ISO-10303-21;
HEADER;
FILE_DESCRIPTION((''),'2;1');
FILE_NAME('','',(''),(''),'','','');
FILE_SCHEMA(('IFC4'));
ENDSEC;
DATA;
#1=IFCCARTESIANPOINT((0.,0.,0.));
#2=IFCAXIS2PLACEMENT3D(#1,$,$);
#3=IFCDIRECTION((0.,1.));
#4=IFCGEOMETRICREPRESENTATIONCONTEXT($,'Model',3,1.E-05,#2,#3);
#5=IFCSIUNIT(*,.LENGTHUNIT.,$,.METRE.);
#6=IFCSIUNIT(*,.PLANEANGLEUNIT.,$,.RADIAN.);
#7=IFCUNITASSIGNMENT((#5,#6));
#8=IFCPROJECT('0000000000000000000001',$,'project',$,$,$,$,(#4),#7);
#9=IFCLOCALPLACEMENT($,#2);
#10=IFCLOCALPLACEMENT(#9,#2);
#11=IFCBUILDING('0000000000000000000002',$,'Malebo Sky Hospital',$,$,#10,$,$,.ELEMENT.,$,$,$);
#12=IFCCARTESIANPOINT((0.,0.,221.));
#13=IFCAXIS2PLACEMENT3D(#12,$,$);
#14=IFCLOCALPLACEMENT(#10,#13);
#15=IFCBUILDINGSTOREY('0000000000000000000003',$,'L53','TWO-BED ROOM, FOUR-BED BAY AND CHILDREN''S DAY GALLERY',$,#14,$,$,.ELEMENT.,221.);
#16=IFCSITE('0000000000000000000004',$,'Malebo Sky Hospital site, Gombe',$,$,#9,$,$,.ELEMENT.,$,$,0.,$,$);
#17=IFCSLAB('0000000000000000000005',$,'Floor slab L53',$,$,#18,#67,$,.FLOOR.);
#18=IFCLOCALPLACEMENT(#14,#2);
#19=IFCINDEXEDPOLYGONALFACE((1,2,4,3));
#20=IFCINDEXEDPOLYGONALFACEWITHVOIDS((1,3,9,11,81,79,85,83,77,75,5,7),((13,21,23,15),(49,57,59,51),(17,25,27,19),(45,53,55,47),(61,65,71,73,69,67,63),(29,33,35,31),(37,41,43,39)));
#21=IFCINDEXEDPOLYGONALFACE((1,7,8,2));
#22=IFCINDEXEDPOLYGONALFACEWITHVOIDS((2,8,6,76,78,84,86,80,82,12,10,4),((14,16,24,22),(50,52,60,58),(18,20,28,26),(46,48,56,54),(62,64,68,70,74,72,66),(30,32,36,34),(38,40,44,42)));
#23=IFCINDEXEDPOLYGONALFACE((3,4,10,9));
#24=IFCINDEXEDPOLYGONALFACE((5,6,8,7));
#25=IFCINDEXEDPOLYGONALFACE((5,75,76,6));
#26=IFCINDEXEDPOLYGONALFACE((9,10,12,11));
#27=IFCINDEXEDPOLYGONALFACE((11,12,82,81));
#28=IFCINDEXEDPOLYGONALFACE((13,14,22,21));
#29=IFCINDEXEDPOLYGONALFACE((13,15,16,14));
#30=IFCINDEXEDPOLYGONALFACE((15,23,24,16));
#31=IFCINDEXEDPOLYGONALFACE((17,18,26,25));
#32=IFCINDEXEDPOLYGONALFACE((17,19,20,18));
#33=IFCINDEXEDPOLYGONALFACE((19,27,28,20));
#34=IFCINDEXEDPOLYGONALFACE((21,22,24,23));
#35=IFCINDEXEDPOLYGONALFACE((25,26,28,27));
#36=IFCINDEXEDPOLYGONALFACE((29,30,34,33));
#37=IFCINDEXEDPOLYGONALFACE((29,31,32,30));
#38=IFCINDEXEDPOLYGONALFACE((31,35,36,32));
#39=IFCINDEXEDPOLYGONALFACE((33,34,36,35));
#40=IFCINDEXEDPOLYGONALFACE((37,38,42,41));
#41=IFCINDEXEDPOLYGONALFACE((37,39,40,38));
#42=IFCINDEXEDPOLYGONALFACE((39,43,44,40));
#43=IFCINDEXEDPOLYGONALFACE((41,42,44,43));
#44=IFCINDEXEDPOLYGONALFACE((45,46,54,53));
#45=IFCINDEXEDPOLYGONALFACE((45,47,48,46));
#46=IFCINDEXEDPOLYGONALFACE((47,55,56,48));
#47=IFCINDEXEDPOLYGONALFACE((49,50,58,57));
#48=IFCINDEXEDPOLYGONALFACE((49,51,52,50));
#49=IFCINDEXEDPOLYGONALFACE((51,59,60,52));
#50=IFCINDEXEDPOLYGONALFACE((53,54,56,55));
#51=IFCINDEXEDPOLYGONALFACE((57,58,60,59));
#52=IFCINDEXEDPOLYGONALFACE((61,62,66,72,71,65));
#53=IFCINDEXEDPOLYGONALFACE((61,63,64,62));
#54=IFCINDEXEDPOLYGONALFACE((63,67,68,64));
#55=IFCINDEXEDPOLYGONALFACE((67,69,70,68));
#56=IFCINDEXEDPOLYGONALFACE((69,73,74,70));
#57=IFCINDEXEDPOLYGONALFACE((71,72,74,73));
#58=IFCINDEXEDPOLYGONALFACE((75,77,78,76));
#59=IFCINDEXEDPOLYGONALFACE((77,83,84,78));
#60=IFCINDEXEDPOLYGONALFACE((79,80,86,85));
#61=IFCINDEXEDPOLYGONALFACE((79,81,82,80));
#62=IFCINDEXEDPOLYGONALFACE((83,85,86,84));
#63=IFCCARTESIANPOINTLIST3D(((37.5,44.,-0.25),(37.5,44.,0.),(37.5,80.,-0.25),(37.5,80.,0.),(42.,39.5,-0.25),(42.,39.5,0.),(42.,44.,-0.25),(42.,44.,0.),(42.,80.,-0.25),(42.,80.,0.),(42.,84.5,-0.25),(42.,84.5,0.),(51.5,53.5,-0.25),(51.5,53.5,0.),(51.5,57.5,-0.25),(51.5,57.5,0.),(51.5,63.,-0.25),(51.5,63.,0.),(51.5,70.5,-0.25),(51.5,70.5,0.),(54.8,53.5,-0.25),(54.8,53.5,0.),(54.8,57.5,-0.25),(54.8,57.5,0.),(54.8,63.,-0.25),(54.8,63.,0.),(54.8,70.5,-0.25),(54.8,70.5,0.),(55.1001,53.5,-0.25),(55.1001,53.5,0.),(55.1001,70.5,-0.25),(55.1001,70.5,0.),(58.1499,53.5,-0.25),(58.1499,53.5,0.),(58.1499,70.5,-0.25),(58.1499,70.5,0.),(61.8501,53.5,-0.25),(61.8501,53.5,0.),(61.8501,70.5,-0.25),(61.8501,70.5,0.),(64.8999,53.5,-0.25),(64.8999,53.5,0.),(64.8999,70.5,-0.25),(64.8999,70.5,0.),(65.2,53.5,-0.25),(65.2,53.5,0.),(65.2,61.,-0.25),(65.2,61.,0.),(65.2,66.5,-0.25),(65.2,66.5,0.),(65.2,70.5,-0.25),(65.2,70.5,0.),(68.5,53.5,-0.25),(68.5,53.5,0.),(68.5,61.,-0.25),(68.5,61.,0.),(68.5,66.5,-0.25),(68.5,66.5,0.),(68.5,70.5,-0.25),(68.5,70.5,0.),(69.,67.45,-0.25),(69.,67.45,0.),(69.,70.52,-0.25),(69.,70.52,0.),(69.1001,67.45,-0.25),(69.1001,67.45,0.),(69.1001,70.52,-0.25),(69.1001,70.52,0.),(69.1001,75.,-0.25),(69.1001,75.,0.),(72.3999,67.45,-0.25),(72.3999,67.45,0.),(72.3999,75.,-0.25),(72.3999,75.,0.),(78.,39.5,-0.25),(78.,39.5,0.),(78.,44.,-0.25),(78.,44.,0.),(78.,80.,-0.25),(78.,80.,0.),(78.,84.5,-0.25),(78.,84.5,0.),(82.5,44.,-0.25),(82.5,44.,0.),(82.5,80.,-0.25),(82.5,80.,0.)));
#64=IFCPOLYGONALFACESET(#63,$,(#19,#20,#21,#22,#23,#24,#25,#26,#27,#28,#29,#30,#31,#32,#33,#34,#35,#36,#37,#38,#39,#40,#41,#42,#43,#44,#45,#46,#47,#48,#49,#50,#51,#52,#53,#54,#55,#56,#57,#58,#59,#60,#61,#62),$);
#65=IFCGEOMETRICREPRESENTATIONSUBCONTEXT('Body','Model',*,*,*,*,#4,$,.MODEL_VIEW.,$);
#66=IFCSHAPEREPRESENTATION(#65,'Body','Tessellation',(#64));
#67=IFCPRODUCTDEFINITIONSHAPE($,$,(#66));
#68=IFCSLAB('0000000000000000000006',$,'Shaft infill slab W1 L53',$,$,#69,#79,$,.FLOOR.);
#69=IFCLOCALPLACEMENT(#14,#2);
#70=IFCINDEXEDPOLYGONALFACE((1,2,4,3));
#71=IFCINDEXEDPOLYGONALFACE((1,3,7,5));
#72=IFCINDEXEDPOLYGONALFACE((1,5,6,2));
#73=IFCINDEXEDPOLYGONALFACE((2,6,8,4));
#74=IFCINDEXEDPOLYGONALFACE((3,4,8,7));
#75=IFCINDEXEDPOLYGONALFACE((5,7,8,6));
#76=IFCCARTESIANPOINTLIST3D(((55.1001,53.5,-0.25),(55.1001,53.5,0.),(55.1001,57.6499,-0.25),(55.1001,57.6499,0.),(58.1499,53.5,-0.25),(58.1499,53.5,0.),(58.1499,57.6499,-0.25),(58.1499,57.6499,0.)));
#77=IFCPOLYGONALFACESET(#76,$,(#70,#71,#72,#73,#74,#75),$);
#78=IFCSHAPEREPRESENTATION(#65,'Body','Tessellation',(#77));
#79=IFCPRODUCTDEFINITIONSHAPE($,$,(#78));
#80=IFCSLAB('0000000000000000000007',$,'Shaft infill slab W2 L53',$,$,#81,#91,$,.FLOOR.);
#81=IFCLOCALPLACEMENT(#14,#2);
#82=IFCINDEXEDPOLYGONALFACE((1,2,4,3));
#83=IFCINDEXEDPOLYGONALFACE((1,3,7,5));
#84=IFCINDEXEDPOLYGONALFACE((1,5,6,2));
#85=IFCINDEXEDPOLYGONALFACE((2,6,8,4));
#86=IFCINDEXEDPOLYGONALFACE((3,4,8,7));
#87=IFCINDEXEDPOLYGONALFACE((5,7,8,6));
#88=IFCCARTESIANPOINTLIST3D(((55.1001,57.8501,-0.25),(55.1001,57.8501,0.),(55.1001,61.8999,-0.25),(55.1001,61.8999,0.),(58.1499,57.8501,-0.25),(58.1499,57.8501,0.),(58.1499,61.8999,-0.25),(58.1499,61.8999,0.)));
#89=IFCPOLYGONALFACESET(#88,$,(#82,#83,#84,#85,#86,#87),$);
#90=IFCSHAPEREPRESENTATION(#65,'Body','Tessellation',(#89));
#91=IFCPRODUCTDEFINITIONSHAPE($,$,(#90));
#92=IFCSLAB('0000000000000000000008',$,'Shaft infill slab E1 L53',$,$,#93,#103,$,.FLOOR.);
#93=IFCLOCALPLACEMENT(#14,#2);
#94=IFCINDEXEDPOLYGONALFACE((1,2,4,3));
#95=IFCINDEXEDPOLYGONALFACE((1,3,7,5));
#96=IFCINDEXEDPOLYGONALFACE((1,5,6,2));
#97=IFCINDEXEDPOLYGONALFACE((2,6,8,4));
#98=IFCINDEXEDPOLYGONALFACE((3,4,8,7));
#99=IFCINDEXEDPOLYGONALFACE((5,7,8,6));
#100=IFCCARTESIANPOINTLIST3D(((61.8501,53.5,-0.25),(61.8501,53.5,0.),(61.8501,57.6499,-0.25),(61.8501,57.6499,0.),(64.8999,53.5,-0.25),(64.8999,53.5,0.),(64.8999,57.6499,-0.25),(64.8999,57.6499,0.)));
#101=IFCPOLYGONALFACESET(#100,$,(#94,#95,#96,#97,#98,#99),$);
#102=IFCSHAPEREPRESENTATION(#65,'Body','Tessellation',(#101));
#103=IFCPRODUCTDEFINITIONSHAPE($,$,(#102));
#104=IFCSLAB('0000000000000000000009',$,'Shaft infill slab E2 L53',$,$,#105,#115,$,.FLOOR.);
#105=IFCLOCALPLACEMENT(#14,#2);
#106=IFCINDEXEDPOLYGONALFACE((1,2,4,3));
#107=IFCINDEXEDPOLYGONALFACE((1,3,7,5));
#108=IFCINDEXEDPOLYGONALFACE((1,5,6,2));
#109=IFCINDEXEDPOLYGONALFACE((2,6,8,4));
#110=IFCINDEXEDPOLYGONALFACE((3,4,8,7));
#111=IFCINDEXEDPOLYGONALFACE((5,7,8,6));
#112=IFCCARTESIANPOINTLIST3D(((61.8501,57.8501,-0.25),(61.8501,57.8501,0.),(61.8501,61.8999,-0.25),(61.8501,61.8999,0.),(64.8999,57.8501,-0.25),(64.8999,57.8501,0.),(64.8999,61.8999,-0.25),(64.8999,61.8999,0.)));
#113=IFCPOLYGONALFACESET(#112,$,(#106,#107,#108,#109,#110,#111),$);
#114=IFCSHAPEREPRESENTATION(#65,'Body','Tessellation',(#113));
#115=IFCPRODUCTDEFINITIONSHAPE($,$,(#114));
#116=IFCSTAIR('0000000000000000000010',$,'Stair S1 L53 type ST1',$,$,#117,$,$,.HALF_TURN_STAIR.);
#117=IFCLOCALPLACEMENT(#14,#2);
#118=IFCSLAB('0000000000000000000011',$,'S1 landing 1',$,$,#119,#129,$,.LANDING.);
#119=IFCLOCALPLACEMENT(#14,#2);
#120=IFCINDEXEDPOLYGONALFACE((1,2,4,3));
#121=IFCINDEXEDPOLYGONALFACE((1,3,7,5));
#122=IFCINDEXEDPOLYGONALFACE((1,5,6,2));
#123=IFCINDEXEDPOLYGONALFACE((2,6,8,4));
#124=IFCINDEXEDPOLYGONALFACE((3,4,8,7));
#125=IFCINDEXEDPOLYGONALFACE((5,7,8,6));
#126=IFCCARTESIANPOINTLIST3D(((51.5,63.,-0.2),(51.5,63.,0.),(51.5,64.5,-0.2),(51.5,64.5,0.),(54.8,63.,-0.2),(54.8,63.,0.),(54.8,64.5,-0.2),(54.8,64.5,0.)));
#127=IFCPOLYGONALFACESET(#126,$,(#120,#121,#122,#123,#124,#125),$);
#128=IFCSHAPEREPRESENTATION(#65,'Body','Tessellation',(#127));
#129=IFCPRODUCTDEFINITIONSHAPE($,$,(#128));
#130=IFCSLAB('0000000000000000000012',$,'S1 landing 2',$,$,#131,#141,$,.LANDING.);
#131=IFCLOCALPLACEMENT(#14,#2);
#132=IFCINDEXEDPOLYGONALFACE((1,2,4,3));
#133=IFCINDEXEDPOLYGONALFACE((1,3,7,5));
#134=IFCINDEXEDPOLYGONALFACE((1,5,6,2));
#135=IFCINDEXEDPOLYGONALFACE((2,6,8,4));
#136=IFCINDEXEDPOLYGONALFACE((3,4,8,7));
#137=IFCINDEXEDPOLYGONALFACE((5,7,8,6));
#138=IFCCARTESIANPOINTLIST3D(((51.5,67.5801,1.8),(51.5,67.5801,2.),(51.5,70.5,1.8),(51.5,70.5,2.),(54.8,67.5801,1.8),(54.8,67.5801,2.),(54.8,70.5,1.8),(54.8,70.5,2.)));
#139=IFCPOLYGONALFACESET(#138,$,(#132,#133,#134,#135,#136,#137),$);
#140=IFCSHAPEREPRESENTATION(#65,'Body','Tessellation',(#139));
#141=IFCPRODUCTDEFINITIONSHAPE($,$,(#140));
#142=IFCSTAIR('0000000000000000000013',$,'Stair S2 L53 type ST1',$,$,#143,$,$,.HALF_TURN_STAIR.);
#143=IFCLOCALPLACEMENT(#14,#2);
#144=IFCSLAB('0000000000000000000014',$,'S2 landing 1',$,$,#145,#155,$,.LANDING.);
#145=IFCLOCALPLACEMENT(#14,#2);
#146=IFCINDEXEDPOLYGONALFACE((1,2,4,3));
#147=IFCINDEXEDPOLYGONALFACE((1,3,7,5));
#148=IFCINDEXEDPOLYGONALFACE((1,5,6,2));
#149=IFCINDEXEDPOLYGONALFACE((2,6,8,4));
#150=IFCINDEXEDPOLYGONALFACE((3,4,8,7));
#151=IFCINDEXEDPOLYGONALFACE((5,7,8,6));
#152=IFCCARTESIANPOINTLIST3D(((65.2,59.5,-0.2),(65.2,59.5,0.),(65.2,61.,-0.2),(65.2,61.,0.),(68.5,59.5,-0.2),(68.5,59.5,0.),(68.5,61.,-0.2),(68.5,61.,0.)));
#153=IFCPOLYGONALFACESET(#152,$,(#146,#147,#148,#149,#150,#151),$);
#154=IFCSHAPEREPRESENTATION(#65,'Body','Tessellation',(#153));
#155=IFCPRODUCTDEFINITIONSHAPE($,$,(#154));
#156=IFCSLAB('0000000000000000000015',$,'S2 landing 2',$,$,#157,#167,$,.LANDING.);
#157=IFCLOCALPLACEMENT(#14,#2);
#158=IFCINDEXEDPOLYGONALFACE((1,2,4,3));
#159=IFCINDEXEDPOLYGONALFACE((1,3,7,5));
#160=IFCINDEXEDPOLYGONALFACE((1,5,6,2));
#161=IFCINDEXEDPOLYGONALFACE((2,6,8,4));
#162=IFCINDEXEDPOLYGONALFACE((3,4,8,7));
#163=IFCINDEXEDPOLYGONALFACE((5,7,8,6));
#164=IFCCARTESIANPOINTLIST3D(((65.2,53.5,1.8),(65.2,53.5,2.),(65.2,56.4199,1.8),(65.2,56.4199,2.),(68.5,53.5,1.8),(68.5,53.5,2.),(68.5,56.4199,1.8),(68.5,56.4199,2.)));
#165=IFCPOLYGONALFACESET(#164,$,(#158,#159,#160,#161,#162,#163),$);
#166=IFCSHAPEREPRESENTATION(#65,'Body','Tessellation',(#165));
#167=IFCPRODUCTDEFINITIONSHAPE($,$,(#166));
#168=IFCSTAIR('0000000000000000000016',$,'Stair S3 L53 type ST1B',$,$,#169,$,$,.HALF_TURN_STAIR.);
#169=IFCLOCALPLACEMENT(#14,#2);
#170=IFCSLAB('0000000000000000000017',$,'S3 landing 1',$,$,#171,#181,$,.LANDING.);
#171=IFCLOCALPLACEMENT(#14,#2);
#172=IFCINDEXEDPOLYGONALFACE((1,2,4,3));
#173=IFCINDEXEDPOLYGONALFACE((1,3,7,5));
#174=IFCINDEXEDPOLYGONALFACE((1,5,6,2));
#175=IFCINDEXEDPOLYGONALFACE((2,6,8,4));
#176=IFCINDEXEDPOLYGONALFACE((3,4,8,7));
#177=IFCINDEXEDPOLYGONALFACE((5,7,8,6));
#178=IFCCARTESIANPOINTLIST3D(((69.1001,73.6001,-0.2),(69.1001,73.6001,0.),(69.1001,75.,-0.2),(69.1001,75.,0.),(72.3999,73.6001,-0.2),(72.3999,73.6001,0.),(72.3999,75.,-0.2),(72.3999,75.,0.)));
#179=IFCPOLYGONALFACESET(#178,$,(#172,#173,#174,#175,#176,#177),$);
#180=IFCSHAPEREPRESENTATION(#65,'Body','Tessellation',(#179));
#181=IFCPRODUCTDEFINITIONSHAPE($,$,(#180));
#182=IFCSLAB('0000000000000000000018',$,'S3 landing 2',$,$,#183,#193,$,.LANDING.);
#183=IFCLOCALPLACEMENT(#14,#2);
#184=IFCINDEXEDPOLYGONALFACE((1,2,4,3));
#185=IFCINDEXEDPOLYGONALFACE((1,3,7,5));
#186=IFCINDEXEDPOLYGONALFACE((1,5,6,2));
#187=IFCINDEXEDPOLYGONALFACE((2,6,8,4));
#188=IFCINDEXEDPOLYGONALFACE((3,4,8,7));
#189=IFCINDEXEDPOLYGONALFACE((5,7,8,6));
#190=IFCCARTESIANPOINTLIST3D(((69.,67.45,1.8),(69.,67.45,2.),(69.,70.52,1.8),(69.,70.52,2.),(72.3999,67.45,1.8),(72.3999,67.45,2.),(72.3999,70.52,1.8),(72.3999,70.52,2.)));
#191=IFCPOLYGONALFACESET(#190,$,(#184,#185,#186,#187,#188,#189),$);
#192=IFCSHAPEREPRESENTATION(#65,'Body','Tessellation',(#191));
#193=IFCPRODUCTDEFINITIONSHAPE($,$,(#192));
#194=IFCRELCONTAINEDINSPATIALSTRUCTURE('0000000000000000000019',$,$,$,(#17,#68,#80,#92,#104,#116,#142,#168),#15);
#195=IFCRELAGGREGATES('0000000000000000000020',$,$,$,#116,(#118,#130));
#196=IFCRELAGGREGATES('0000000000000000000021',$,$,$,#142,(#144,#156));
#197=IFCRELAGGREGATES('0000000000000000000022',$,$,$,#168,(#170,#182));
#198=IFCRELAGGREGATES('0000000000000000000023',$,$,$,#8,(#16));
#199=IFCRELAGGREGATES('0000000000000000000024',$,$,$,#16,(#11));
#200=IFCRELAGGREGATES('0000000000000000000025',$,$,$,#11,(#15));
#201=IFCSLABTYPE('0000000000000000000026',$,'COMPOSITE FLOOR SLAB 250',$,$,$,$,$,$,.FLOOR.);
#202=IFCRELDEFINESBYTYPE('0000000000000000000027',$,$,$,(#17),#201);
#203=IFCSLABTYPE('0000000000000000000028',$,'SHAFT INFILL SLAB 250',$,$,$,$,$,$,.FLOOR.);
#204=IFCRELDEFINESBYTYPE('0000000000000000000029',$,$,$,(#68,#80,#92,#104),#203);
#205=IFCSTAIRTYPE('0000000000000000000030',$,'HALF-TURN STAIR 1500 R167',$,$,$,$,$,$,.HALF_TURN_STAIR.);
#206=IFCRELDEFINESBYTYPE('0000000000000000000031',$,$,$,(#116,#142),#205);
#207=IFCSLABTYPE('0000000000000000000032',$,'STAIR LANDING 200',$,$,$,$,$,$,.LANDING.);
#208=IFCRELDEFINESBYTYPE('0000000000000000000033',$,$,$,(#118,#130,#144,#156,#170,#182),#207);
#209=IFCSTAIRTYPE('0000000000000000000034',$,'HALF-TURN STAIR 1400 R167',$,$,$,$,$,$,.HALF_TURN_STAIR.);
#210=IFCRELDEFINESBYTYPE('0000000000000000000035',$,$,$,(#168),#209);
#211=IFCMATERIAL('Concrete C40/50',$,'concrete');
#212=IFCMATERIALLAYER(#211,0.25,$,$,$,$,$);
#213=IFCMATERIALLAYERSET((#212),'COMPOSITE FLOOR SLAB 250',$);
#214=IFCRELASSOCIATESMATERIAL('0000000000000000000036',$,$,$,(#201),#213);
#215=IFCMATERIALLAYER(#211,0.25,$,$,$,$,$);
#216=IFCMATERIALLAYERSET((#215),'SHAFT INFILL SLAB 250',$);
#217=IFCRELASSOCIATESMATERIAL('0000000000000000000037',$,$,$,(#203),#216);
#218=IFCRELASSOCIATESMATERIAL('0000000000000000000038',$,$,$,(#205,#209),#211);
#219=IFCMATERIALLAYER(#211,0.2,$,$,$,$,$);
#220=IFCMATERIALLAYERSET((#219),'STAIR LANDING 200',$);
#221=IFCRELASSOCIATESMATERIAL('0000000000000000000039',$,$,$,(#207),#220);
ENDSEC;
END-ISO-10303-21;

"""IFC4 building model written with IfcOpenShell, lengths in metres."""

from ifc_helpers import new_model, si_unit, direction, frame, origin, place, context, subcontext, project, spatial, polyline, outline, extrude, material, layer, layer_set, type_object, element, aggregate, save


model = new_model("IFC4")

# Units and contexts
model_context = context("Model", 3, precision=1e-05, world=origin(), true_north=direction((0.0, 1.0)))
body_context = subcontext(model_context, "Body", "Model", "MODEL_VIEW")
ifc_project = project(units=[si_unit("LENGTHUNIT", "METRE"), si_unit("PLANEANGLEUNIT", "RADIAN")], contexts=[model_context])

# Site, building, storey
site_placement = place(None, origin())
site = spatial("IfcSite", under=ifc_project, at=site_placement, Name="Malebo Sky Hospital site, Gombe", CompositionType="ELEMENT", RefElevation=0.0)
building_placement = place(site_placement, origin())
building = spatial("IfcBuilding", under=site, at=building_placement, Name="Malebo Sky Hospital", CompositionType="ELEMENT")
storey_placement = place(building_placement, frame((0.0, 0.0, 221.0)))
storey = spatial("IfcBuildingStorey", under=building, at=storey_placement, Name="L53", Description="TWO-BED ROOM, FOUR-BED BAY AND CHILDREN'S DAY GALLERY", CompositionType="ELEMENT", Elevation=221.0)

# Slabs
ifc_material_1 = material(Name="Concrete C40/50", Category="concrete")
ifc_layer_1 = layer(ifc_material_1, 0.25)
ifc_layer_set_1 = layer_set([ifc_layer_1], Name="COMPOSITE FLOOR SLAB 250")
slab_type_1 = type_object("IfcSlabType", Name="COMPOSITE FLOOR SLAB 250", PredefinedType="FLOOR", material=ifc_layer_set_1)
slab_1_placement = place(storey_placement, frame((0.0, 0.0, -0.25)))
element("IfcSlab", 1, at=slab_1_placement, inside=storey, type_object=slab_type_1, Name="Floor slab L53", PredefinedType="FLOOR", context=body_context, shape_type="SweptSolid", body=[
    extrude(outline(polyline([(42.0, 84.5), (42.0, 80.0), (37.5, 80.0), (37.5, 44.0), (42.0, 44.0), (42.0, 39.5), (78.0, 39.5), (78.0, 44.0), (82.5, 44.0), (82.5, 80.0), (78.0, 80.0), (78.0, 84.5), (42.0, 84.5)]), holes=[polyline([(55.1001, 70.5), (58.1499, 70.5), (58.1499, 53.5), (55.1001, 53.5), (55.1001, 70.5)]), polyline([(64.8999, 70.5), (64.8999, 53.5), (61.8501, 53.5), (61.8501, 70.5), (64.8999, 70.5)]), polyline([(54.8, 63.0), (51.5, 63.0), (51.5, 70.5), (54.8, 70.5), (54.8, 63.0)]), polyline([(51.5, 53.5), (51.5, 57.5), (54.8, 57.5), (54.8, 53.5), (51.5, 53.5)]), polyline([(65.2, 61.0), (68.5, 61.0), (68.5, 53.5), (65.2, 53.5), (65.2, 61.0)]), polyline([(68.5, 70.5), (68.5, 66.5), (65.2, 66.5), (65.2, 70.5), (68.5, 70.5)]), polyline([(69.0, 67.45), (69.0, 70.52), (69.1001, 70.52), (69.1001, 75.0), (72.3999, 75.0), (72.3999, 67.45), (69.1001, 67.45), (69.0, 67.45)])]), origin(), (0.0, 0.0, 1.0), 0.25),
])
ifc_layer_2 = layer(ifc_material_1, 0.25)
ifc_layer_set_2 = layer_set([ifc_layer_2], Name="SHAFT INFILL SLAB 250")
slab_type_2 = type_object("IfcSlabType", Name="SHAFT INFILL SLAB 250", PredefinedType="FLOOR", material=ifc_layer_set_2)
slab_2_placement = place(storey_placement, frame((0.0, 0.0, -0.25)))
element("IfcSlab", 2, at=slab_2_placement, inside=storey, type_object=slab_type_2, Name="Shaft infill slab W1 L53", PredefinedType="FLOOR", context=body_context, shape_type="SweptSolid", body=[
    extrude(outline(polyline([(55.1001, 53.5), (58.1499, 53.5), (58.1499, 57.6499), (55.1001, 57.6499), (55.1001, 53.5)])), origin(), (0.0, 0.0, 1.0), 0.25),
])
slab_3_placement = place(storey_placement, frame((0.0, 0.0, -0.25)))
element("IfcSlab", 3, at=slab_3_placement, inside=storey, type_object=slab_type_2, Name="Shaft infill slab W2 L53", PredefinedType="FLOOR", context=body_context, shape_type="SweptSolid", body=[
    extrude(outline(polyline([(55.1001, 57.8501), (58.1499, 57.8501), (58.1499, 61.8999), (55.1001, 61.8999), (55.1001, 57.8501)])), origin(), (0.0, 0.0, 1.0), 0.25),
])
slab_4_placement = place(storey_placement, frame((0.0, 0.0, -0.25)))
element("IfcSlab", 4, at=slab_4_placement, inside=storey, type_object=slab_type_2, Name="Shaft infill slab E1 L53", PredefinedType="FLOOR", context=body_context, shape_type="SweptSolid", body=[
    extrude(outline(polyline([(61.8501, 53.5), (64.8999, 53.5), (64.8999, 57.6499), (61.8501, 57.6499), (61.8501, 53.5)])), origin(), (0.0, 0.0, 1.0), 0.25),
])
slab_5_placement = place(storey_placement, frame((0.0, 0.0, -0.25)))
element("IfcSlab", 5, at=slab_5_placement, inside=storey, type_object=slab_type_2, Name="Shaft infill slab E2 L53", PredefinedType="FLOOR", context=body_context, shape_type="SweptSolid", body=[
    extrude(outline(polyline([(61.8501, 57.8501), (64.8999, 57.8501), (64.8999, 61.8999), (61.8501, 61.8999), (61.8501, 57.8501)])), origin(), (0.0, 0.0, 1.0), 0.25),
])

# Stairs, slabs
stair_type_1 = type_object("IfcStairType", Name="HALF-TURN STAIR 1500 R167", PredefinedType="HALF_TURN_STAIR", material=ifc_material_1)
stair_1_placement = place(storey_placement, origin())
stair_1 = element("IfcStair", 6, at=stair_1_placement, inside=storey, type_object=stair_type_1, Name="Stair S1 L53 type ST1", PredefinedType="HALF_TURN_STAIR")
ifc_layer_3 = layer(ifc_material_1, 0.2)
ifc_layer_set_3 = layer_set([ifc_layer_3], Name="STAIR LANDING 200")
slab_type_3 = type_object("IfcSlabType", Name="STAIR LANDING 200", PredefinedType="LANDING", material=ifc_layer_set_3)
slab_6_placement = place(storey_placement, frame((0.0, 0.0, -0.2)))
slab_6 = element("IfcSlab", 7, at=slab_6_placement, type_object=slab_type_3, Name="S1 landing 1", PredefinedType="LANDING", context=body_context, shape_type="SweptSolid", body=[
    extrude(outline(polyline([(51.5, 63.0), (54.8, 63.0), (54.8, 64.5), (51.5, 64.5), (51.5, 63.0)])), origin(), (0.0, 0.0, 1.0), 0.2),
])
slab_7_placement = place(storey_placement, frame((0.0, 0.0, 1.8)))
slab_7 = element("IfcSlab", 8, at=slab_7_placement, type_object=slab_type_3, Name="S1 landing 2", PredefinedType="LANDING", context=body_context, shape_type="SweptSolid", body=[
    extrude(outline(polyline([(51.5, 67.5801), (54.8, 67.5801), (54.8, 70.5), (51.5, 70.5), (51.5, 67.5801)])), origin(), (0.0, 0.0, 1.0), 0.2),
])
aggregate(stair_1, [slab_6, slab_7])
stair_2_placement = place(storey_placement, origin())
stair_2 = element("IfcStair", 9, at=stair_2_placement, inside=storey, type_object=stair_type_1, Name="Stair S2 L53 type ST1", PredefinedType="HALF_TURN_STAIR")
slab_8_placement = place(storey_placement, frame((0.0, 0.0, -0.2)))
slab_8 = element("IfcSlab", 10, at=slab_8_placement, type_object=slab_type_3, Name="S2 landing 1", PredefinedType="LANDING", context=body_context, shape_type="SweptSolid", body=[
    extrude(outline(polyline([(65.2, 59.5), (68.5, 59.5), (68.5, 61.0), (65.2, 61.0), (65.2, 59.5)])), origin(), (0.0, 0.0, 1.0), 0.2),
])
slab_9_placement = place(storey_placement, frame((0.0, 0.0, 1.8)))
slab_9 = element("IfcSlab", 11, at=slab_9_placement, type_object=slab_type_3, Name="S2 landing 2", PredefinedType="LANDING", context=body_context, shape_type="SweptSolid", body=[
    extrude(outline(polyline([(65.2, 53.5), (68.5, 53.5), (68.5, 56.4199), (65.2, 56.4199), (65.2, 53.5)])), origin(), (0.0, 0.0, 1.0), 0.2),
])
aggregate(stair_2, [slab_8, slab_9])
stair_type_2 = type_object("IfcStairType", Name="HALF-TURN STAIR 1400 R167", PredefinedType="HALF_TURN_STAIR", material=ifc_material_1)
stair_3_placement = place(storey_placement, origin())
stair_3 = element("IfcStair", 12, at=stair_3_placement, inside=storey, type_object=stair_type_2, Name="Stair S3 L53 type ST1B", PredefinedType="HALF_TURN_STAIR")
slab_10_placement = place(storey_placement, frame((0.0, 0.0, -0.2)))
slab_10 = element("IfcSlab", 13, at=slab_10_placement, type_object=slab_type_3, Name="S3 landing 1", PredefinedType="LANDING", context=body_context, shape_type="SweptSolid", body=[
    extrude(outline(polyline([(69.1001, 73.6001), (72.3999, 73.6001), (72.3999, 75.0), (69.1001, 75.0), (69.1001, 73.6001)])), origin(), (0.0, 0.0, 1.0), 0.2),
])
slab_11_placement = place(storey_placement, frame((0.0, 0.0, 1.8)))
slab_11 = element("IfcSlab", 14, at=slab_11_placement, type_object=slab_type_3, Name="S3 landing 2", PredefinedType="LANDING", context=body_context, shape_type="SweptSolid", body=[
    extrude(outline(polyline([(69.0, 67.45), (72.3999, 67.45), (72.3999, 70.52), (69.0, 70.52), (69.0, 67.45)])), origin(), (0.0, 0.0, 1.0), 0.2),
])
aggregate(stair_3, [slab_10, slab_11])

save(model, "model.ifc")
